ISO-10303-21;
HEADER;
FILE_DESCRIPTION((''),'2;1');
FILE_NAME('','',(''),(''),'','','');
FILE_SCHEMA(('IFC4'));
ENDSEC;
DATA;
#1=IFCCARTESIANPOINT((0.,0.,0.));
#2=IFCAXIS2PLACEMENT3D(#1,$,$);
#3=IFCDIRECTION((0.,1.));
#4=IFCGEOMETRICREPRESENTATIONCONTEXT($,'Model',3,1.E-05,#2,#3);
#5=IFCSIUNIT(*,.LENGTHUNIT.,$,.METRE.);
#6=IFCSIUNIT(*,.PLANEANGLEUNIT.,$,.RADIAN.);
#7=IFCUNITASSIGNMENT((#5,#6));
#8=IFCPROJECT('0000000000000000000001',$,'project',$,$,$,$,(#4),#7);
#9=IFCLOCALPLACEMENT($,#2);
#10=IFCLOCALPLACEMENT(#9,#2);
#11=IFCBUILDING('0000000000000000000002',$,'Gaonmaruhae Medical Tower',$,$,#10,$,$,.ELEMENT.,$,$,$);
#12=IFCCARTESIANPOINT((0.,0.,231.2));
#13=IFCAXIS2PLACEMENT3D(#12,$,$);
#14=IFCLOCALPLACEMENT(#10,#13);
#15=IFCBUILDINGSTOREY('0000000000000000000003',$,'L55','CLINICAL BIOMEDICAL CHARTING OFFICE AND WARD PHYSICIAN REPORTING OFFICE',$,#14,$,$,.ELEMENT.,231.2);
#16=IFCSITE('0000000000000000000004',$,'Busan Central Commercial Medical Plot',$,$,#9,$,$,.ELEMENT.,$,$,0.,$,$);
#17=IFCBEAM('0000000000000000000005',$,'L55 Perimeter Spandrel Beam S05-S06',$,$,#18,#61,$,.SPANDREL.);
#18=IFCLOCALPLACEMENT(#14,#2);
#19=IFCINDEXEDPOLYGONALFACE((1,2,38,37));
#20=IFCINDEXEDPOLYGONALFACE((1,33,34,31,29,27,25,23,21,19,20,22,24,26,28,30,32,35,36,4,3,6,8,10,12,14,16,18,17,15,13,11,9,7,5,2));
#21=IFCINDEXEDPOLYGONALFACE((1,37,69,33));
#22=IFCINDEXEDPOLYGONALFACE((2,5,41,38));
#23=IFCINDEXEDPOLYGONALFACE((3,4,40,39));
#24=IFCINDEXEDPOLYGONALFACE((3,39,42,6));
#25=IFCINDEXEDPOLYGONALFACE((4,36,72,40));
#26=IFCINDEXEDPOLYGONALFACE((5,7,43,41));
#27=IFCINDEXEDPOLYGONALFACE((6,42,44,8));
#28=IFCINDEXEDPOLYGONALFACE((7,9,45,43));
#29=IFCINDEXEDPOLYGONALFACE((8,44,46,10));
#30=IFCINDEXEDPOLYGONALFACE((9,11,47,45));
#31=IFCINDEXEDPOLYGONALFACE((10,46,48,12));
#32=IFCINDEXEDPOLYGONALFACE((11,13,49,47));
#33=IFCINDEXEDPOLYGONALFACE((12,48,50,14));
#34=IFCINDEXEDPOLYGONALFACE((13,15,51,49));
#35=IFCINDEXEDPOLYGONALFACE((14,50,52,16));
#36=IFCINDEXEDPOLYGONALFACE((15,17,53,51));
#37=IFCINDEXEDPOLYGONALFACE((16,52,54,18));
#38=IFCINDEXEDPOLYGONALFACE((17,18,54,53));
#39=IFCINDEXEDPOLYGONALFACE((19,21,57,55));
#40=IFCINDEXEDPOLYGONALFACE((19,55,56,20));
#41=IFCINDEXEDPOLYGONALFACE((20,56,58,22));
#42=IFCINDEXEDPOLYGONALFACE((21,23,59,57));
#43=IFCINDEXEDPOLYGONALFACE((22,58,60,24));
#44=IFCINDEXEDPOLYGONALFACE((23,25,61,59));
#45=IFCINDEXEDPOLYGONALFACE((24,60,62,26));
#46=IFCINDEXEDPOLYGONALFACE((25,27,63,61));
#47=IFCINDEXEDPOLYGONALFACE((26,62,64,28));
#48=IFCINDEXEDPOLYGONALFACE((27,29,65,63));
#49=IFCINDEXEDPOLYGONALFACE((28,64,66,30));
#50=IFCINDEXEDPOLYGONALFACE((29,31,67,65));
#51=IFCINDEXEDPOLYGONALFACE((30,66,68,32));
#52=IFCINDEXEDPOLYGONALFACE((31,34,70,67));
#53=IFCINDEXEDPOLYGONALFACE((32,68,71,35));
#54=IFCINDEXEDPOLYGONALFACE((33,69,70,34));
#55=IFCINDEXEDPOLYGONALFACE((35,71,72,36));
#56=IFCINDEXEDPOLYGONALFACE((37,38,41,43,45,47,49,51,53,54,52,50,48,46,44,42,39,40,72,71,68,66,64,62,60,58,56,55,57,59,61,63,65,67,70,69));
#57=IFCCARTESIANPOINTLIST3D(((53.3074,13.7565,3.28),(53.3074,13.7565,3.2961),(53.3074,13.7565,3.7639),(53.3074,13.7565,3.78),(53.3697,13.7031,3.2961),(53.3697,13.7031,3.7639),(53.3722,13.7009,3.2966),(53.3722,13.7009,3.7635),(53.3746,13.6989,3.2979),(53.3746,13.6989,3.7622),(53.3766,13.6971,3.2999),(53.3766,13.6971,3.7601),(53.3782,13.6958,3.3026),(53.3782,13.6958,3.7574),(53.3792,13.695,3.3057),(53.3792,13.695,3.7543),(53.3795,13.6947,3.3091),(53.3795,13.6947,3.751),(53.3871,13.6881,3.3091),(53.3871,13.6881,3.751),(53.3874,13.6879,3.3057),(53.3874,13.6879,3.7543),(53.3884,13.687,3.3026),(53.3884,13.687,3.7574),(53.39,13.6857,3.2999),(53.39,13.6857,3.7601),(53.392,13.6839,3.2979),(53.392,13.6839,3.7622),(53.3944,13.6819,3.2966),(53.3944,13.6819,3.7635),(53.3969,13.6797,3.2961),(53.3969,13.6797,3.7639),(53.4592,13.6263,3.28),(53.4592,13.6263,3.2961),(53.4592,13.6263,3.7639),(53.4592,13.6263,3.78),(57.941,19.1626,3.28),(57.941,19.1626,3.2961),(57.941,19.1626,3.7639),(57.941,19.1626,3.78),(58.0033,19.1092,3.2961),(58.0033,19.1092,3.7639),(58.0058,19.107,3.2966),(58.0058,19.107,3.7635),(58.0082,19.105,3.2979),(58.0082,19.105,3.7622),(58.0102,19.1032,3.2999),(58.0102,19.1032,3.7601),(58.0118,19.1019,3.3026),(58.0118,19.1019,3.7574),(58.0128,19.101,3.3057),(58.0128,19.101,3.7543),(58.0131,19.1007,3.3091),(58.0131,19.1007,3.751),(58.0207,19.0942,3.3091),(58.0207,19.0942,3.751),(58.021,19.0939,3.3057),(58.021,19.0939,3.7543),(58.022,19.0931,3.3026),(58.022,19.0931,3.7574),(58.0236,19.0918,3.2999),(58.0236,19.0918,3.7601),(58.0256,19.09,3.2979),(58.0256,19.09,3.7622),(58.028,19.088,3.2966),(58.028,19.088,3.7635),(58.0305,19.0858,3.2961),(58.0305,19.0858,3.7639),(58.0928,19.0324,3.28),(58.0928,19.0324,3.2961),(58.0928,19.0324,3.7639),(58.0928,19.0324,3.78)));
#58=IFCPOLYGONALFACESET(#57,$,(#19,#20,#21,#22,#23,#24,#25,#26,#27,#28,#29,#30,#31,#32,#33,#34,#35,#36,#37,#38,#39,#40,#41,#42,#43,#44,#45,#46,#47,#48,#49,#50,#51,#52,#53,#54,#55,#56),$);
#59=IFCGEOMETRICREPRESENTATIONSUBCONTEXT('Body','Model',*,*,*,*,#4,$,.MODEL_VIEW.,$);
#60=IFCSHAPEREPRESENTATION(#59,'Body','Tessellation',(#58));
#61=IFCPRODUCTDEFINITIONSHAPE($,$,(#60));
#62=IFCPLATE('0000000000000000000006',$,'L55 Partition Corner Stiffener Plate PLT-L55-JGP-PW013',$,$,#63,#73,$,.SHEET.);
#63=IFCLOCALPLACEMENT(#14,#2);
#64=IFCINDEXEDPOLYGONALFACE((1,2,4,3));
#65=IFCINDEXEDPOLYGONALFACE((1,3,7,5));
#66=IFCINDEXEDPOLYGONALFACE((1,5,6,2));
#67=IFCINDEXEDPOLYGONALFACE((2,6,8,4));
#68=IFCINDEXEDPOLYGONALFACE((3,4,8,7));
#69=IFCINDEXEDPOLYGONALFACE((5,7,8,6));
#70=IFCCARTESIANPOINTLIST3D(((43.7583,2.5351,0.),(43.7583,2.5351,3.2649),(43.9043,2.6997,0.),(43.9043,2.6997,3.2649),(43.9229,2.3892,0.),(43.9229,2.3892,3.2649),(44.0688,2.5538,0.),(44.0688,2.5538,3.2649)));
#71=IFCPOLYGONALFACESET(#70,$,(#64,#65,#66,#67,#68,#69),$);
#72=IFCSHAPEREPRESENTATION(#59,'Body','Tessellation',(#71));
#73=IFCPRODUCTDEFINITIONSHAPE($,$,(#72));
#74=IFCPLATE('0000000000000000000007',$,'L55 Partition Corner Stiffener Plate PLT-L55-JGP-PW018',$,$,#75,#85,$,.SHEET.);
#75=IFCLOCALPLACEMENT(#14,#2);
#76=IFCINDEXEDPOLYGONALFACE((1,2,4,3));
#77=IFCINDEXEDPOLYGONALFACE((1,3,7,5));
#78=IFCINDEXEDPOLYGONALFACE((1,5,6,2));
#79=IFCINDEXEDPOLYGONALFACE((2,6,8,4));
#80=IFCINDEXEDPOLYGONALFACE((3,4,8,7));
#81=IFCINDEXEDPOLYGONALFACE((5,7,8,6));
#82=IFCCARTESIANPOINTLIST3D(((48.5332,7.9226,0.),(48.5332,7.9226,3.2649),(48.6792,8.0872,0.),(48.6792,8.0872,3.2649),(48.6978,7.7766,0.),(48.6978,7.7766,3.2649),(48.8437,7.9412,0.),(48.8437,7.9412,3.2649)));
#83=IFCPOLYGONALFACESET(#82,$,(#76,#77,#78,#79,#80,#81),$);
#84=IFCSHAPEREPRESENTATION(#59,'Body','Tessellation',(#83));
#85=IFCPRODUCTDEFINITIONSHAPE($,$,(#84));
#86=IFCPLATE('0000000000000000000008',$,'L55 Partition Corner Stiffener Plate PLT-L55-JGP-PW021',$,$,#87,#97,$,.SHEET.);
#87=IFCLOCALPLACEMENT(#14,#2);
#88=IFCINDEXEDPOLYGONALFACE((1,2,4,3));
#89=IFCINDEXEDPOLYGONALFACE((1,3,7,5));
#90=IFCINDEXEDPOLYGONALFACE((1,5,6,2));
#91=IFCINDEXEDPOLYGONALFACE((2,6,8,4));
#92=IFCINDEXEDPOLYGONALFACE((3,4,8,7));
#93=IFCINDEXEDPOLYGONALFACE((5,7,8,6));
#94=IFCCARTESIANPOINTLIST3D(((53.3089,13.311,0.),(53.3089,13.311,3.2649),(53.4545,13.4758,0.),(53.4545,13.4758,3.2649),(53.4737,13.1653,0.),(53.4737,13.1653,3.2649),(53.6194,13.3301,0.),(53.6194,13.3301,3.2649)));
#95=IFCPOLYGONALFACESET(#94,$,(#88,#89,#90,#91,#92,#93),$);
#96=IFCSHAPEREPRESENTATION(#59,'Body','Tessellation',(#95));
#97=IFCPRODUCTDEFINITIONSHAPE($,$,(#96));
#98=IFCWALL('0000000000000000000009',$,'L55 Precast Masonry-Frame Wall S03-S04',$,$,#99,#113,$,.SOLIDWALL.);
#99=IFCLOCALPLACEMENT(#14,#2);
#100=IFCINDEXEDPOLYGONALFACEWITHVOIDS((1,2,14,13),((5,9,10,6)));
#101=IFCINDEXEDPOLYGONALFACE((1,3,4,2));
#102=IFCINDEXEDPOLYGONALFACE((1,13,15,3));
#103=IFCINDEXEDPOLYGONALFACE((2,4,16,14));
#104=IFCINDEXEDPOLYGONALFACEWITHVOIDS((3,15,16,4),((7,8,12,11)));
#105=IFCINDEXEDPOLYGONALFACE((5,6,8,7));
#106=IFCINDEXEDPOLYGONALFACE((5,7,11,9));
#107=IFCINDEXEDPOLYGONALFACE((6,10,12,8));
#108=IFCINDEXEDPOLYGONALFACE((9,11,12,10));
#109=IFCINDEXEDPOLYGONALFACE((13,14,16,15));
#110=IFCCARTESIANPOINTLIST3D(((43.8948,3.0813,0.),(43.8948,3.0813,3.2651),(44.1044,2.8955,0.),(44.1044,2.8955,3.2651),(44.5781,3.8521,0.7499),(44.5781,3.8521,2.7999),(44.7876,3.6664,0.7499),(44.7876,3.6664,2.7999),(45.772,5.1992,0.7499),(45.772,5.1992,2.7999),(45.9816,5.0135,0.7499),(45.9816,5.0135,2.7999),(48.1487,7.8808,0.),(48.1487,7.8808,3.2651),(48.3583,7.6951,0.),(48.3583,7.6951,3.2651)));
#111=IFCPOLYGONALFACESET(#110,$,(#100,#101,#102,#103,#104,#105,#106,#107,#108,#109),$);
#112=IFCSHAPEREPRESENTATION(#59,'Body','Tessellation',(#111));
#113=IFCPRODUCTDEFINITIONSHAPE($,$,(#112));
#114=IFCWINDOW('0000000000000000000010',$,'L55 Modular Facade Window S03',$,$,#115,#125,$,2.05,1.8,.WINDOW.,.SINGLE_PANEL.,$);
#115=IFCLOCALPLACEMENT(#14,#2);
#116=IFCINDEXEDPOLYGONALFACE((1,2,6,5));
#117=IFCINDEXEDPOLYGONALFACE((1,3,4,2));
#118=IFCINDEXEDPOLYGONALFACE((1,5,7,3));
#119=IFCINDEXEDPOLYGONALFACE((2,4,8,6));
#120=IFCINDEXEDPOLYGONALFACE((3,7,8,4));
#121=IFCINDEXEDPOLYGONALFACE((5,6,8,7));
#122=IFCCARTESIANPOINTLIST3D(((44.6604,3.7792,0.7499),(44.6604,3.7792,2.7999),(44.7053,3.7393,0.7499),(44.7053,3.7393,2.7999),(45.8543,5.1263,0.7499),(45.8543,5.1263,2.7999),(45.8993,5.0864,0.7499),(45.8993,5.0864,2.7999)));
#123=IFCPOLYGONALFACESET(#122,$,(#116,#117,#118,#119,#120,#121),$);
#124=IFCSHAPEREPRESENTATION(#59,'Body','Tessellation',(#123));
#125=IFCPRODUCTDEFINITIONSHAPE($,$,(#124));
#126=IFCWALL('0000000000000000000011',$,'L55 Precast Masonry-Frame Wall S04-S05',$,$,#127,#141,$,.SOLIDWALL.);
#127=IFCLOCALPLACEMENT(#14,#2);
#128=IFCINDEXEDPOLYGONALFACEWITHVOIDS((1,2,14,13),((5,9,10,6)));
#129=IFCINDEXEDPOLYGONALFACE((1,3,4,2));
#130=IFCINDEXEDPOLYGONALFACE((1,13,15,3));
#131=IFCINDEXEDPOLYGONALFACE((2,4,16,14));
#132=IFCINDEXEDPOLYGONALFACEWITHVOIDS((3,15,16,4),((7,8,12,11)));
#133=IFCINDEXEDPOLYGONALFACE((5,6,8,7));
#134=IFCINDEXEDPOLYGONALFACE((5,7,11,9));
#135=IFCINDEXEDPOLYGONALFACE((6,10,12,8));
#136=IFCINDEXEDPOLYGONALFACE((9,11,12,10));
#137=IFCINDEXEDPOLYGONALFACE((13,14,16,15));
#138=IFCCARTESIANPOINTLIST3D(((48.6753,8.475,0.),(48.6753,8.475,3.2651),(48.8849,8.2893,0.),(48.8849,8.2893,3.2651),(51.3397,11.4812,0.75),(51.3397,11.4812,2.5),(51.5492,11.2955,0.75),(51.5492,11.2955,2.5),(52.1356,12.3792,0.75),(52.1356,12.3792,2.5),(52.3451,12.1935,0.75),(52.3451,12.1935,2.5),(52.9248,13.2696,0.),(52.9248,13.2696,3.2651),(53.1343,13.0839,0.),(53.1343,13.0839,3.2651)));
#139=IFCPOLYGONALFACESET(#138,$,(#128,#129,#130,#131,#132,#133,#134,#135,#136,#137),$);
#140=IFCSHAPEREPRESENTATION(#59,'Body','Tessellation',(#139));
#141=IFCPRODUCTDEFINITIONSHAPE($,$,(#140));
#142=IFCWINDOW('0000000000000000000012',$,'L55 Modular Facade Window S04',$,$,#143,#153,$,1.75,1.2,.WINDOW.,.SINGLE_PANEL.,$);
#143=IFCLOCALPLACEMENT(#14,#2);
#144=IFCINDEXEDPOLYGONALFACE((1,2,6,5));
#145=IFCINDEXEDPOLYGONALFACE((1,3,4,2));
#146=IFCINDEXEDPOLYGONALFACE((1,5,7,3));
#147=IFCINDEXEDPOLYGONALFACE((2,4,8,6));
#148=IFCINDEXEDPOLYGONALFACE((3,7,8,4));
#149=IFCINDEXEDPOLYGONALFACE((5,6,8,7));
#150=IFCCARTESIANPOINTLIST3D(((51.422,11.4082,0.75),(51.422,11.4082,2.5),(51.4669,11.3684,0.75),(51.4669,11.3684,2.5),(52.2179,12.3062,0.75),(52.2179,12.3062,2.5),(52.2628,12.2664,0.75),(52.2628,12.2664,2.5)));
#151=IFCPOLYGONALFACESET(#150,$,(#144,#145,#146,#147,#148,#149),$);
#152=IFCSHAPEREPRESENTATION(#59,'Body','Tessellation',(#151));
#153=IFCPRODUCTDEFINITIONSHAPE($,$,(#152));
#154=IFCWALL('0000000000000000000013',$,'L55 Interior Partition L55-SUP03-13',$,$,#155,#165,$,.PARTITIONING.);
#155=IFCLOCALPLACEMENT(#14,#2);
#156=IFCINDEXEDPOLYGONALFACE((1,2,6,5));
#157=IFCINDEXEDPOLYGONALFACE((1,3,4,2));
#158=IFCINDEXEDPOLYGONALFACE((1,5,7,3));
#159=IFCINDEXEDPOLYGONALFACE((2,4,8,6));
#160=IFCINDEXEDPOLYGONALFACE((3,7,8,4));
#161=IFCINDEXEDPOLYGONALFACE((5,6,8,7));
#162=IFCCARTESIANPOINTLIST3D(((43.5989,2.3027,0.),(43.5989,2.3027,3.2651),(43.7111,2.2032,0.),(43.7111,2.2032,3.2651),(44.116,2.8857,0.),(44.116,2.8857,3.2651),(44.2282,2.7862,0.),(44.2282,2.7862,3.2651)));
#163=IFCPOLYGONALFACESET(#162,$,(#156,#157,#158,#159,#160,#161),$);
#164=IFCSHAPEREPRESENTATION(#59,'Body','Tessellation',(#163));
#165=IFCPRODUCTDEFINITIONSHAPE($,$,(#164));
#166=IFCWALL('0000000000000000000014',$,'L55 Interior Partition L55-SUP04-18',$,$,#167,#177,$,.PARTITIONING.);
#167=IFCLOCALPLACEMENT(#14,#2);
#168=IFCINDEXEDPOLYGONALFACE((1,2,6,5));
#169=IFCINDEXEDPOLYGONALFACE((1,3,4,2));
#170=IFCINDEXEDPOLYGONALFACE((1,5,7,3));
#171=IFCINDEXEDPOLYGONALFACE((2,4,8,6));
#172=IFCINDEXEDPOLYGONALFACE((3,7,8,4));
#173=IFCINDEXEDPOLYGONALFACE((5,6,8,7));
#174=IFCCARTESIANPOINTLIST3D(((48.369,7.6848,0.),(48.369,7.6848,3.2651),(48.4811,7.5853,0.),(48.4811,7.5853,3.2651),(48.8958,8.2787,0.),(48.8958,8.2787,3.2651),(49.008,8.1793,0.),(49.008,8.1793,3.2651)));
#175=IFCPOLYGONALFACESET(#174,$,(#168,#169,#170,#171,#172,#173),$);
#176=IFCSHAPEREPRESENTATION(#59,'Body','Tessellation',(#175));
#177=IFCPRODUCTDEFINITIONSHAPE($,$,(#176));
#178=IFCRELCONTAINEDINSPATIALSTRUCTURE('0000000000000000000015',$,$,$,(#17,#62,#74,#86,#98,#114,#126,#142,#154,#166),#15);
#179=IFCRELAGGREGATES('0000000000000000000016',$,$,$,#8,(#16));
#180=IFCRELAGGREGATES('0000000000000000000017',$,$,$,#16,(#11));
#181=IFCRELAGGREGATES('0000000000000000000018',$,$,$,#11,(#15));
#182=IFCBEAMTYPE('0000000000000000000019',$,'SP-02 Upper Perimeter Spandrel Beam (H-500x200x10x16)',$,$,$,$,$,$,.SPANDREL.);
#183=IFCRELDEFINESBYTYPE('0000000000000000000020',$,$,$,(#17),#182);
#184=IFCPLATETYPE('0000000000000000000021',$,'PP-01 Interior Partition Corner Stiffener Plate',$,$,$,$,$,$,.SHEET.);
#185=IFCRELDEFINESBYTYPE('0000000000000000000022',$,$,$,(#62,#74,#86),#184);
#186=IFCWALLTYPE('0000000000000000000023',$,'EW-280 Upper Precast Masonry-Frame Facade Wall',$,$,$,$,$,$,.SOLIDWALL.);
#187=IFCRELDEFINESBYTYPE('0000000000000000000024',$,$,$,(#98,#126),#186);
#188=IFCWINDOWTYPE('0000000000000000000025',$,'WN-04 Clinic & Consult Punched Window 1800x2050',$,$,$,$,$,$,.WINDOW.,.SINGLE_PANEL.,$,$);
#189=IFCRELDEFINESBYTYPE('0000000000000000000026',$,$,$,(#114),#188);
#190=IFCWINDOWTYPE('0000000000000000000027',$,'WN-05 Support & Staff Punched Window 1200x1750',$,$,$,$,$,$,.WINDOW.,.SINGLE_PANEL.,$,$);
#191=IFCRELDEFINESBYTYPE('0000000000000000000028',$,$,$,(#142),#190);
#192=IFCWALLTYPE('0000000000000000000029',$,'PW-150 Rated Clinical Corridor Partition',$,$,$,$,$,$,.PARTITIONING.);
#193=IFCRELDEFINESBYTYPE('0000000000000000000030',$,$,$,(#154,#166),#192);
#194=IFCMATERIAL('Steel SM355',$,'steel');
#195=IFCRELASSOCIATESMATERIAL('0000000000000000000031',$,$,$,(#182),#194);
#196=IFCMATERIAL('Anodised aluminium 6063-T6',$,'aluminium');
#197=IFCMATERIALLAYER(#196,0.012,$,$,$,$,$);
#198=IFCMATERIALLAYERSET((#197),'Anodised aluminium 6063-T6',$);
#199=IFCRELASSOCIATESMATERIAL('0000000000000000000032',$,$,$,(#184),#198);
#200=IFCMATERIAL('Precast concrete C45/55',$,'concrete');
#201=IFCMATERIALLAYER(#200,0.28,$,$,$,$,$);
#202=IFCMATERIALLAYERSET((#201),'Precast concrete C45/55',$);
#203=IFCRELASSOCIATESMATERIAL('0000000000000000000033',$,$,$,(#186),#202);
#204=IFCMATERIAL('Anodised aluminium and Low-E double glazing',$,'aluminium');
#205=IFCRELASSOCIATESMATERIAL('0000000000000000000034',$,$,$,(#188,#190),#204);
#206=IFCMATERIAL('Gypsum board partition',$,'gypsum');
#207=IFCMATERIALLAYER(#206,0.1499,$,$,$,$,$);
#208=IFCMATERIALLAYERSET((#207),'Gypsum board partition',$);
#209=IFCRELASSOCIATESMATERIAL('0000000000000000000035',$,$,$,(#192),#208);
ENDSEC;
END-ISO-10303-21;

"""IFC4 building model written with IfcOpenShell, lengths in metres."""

from ifc_helpers import new_model, si_unit, direction, frame, frame_2d, origin, origin_2d, place, context, subcontext, project, spatial, rectangle, i_section, extrude, material, layer, layer_set, material_profile, profile_set, type_object, element, fill, save


model = new_model("IFC4")

# Units and contexts
model_context = context("Model", 3, precision=1e-05, world=origin(), true_north=direction((0.0, 1.0)))
body_context = subcontext(model_context, "Body", "Model", "MODEL_VIEW")
ifc_project = project(units=[si_unit("LENGTHUNIT", "METRE"), si_unit("PLANEANGLEUNIT", "RADIAN")], contexts=[model_context])

# Site, building, storey
site_placement = place(None, origin())
site = spatial("IfcSite", under=ifc_project, at=site_placement, Name="Busan Central Commercial Medical Plot", CompositionType="ELEMENT", RefElevation=0.0)
building_placement = place(site_placement, origin())
building = spatial("IfcBuilding", under=site, at=building_placement, Name="Gaonmaruhae Medical Tower", CompositionType="ELEMENT")
storey_placement = place(building_placement, frame((0.0, 0.0, 231.2)))
storey = spatial("IfcBuildingStorey", under=building, at=storey_placement, Name="L55", Description="CLINICAL BIOMEDICAL CHARTING OFFICE AND WARD PHYSICIAN REPORTING OFFICE", CompositionType="ELEMENT", Elevation=231.2)

# Beam
ifc_material_1 = material(Name="Steel SM355", Category="steel")
ifc_material_profile_1 = material_profile(ifc_material_1, i_section(OverallWidth=0.2, OverallDepth=0.5, WebThickness=0.01, FlangeThickness=0.0161, FilletRadius=0.0129, at=origin_2d()), Name="H-500x200x10x16")
ifc_profile_set_1 = profile_set([ifc_material_profile_1], Name="Steel SM355")
beam_type_1 = type_object("IfcBeamType", Name="SP-02 Upper Perimeter Spandrel Beam (H-500x200x10x16)", PredefinedType="SPANDREL", material=ifc_profile_set_1)
beam_1_placement = place(storey_placement, frame((53.3833, 13.6914, 3.53), z_axis=(0.650777, 0.759269, 0.0), x_axis=(-0.759269, 0.650777, 0.0)))
element("IfcBeam", 1, at=beam_1_placement, inside=storey, type_object=beam_type_1, Name="L55 Perimeter Spandrel Beam S05-S06", PredefinedType="SPANDREL", context=body_context, shape_type="SweptSolid", body=[
    extrude(i_section(OverallWidth=0.2, OverallDepth=0.5, WebThickness=0.01, FlangeThickness=0.0161, FilletRadius=0.0129, at=origin_2d()), origin(), (0.0, 0.0, 1.0), 7.1201),
])

# Plates
ifc_material_2 = material(Name="Anodised aluminium 6063-T6", Category="aluminium")
ifc_layer_1 = layer(ifc_material_2, 0.012)
ifc_layer_set_1 = layer_set([ifc_layer_1], Name="Anodised aluminium 6063-T6")
plate_type = type_object("IfcPlateType", Name="PP-01 Interior Partition Corner Stiffener Plate", PredefinedType="SHEET", material=ifc_layer_set_1)
for number, where, z_axis, x_axis, name in (
    (2, (43.9136, 2.5444, 0.0), (0.0, 0.0, 1.0), (-0.663482, -0.748192, 0.0), "L55 Partition Corner Stiffener Plate PLT-L55-JGP-PW013"),
    (3, (48.6885, 7.9319, 0.0), (0.0, 0.0, 1.0), (-0.663665, -0.74803, 0.0), "L55 Partition Corner Stiffener Plate PLT-L55-JGP-PW018"),
    (4, (53.4641, 13.3206, 0.0), (0.0, 0.0, 1.0), (-0.662162, -0.74936, 0.0), "L55 Partition Corner Stiffener Plate PLT-L55-JGP-PW021"),
):
    element("IfcPlate", number, at=place(storey_placement, frame(where, z_axis=z_axis, x_axis=x_axis)), inside=storey, type_object=plate_type, Name=name, PredefinedType="SHEET", context=body_context, shape_type="SweptSolid", body=[
        extrude(rectangle(XDim=0.22, YDim=0.22, at=origin_2d()), origin(), (0.0, 0.0, 1.0), 3.2649),
    ])

# Walls, openings, windows
ifc_material_3 = material(Name="Precast concrete C45/55", Category="concrete")
ifc_layer_2 = layer(ifc_material_3, 0.28)
ifc_layer_set_2 = layer_set([ifc_layer_2], Name="Precast concrete C45/55")
wall_type_1 = type_object("IfcWallType", Name="EW-280 Upper Precast Masonry-Frame Facade Wall", PredefinedType="SOLIDWALL", material=ifc_layer_set_2)
wall_1_placement = place(storey_placement, frame((48.2534, 7.7878, 0.0), z_axis=(0.0, 0.0, 1.0), x_axis=(-0.663286, -0.748366, 0.0)))
wall_1 = element("IfcWall", 5, at=wall_1_placement, inside=storey, type_object=wall_type_1, Name="L55 Precast Masonry-Frame Wall S03-S04", PredefinedType="SOLIDWALL", context=body_context, shape_type="SweptSolid", body=[
    extrude(rectangle(XDim=6.4133, YDim=0.28, at=frame_2d((3.2065, 0.0))), origin(), (0.0, 0.0, 1.0), 3.2651),
])
opening_1_placement = place(wall_1_placement, frame((3.5833, 0.0, 0.75)))
opening_1 = element("IfcOpeningElement", 6, at=opening_1_placement, cuts=wall_1, PredefinedType="OPENING", context=body_context, shape_type="SweptSolid", body=[
    extrude(rectangle(XDim=1.8, YDim=2.05, at=frame_2d((0.8999, 1.0249))), frame((0.0, 0.1499, 0.0), z_axis=(0.0, -1.0, 0.0), x_axis=(1.0, 0.0, 0.0)), (0.0, 0.0, 1.0), 0.3),
])
ifc_material_4 = material(Name="Anodised aluminium and Low-E double glazing", Category="aluminium")
window_type_1 = type_object("IfcWindowType", Name="WN-04 Clinic & Consult Punched Window 1800x2050", PartitioningType="SINGLE_PANEL", PredefinedType="WINDOW", material=ifc_material_4)
window_1_placement = place(opening_1_placement, origin())
window_1 = element("IfcWindow", 7, at=window_1_placement, inside=storey, type_object=window_type_1, Name="L55 Modular Facade Window S03", OverallHeight=2.05, OverallWidth=1.8, PartitioningType="SINGLE_PANEL", PredefinedType="WINDOW", context=body_context, shape_type="SweptSolid", body=[
    extrude(rectangle(XDim=1.8, YDim=2.05, at=frame_2d((0.8999, 1.0249))), frame((0.0, 0.03, 0.0), z_axis=(0.0, -1.0, 0.0), x_axis=(1.0, 0.0, 0.0)), (0.0, 0.0, 1.0), 0.0601),
])
fill(opening_1, window_1)
wall_2_placement = place(storey_placement, frame((53.0295, 13.1768, 0.0), z_axis=(0.0, 0.0, 1.0), x_axis=(-0.66328, -0.748371, 0.0)))
wall_2 = element("IfcWall", 8, at=wall_2_placement, inside=storey, type_object=wall_type_1, Name="L55 Precast Masonry-Frame Wall S04-S05", PredefinedType="SOLIDWALL", context=body_context, shape_type="SweptSolid", body=[
    extrude(rectangle(XDim=6.4067, YDim=0.28, at=frame_2d((3.2034, 0.0))), origin(), (0.0, 0.0, 1.0), 3.2651),
])
opening_2_placement = place(wall_2_placement, frame((1.1897, 0.0, 0.75)))
opening_2 = element("IfcOpeningElement", 9, at=opening_2_placement, cuts=wall_2, PredefinedType="OPENING", context=body_context, shape_type="SweptSolid", body=[
    extrude(rectangle(XDim=1.2, YDim=1.75, at=frame_2d((0.6001, 0.875))), frame((0.0, 0.1499, 0.0), z_axis=(0.0, -1.0, 0.0), x_axis=(1.0, 0.0, 0.0)), (0.0, 0.0, 1.0), 0.3),
])
window_type_2 = type_object("IfcWindowType", Name="WN-05 Support & Staff Punched Window 1200x1750", PartitioningType="SINGLE_PANEL", PredefinedType="WINDOW", material=ifc_material_4)
window_2_placement = place(opening_2_placement, origin())
window_2 = element("IfcWindow", 10, at=window_2_placement, inside=storey, type_object=window_type_2, Name="L55 Modular Facade Window S04", OverallHeight=1.75, OverallWidth=1.2, PartitioningType="SINGLE_PANEL", PredefinedType="WINDOW", context=body_context, shape_type="SweptSolid", body=[
    extrude(rectangle(XDim=1.2, YDim=1.75, at=frame_2d((0.6001, 0.875))), frame((0.0, 0.03, 0.0), z_axis=(0.0, -1.0, 0.0), x_axis=(1.0, 0.0, 0.0)), (0.0, 0.0, 1.0), 0.0601),
])
fill(opening_2, window_2)

# Walls
ifc_material_5 = material(Name="Gypsum board partition", Category="gypsum")
ifc_layer_3 = layer(ifc_material_5, 0.1499)
ifc_layer_set_3 = layer_set([ifc_layer_3], Name="Gypsum board partition")
wall_type_2 = type_object("IfcWallType", Name="PW-150 Rated Clinical Corridor Partition", PredefinedType="PARTITIONING", material=ifc_layer_set_3)
wall_3_placement = place(storey_placement, frame((44.1721, 2.8359, 0.0), z_axis=(0.0, 0.0, 1.0), x_axis=(-0.663547, -0.748135, 0.0)))
element("IfcWall", 11, at=wall_3_placement, inside=storey, type_object=wall_type_2, Name="L55 Interior Partition L55-SUP03-13", PredefinedType="PARTITIONING", context=body_context, shape_type="SweptSolid", body=[
    extrude(rectangle(XDim=0.7793, YDim=0.1499, at=frame_2d((0.3896, 0.0))), origin(), (0.0, 0.0, 1.0), 3.2651),
])
wall_4_placement = place(storey_placement, frame((48.9519, 8.229, 0.0), z_axis=(0.0, 0.0, 1.0), x_axis=(-0.663562, -0.748121, 0.0)))
element("IfcWall", 12, at=wall_4_placement, inside=storey, type_object=wall_type_2, Name="L55 Interior Partition L55-SUP04-18", PredefinedType="PARTITIONING", context=body_context, shape_type="SweptSolid", body=[
    extrude(rectangle(XDim=0.7939, YDim=0.1499, at=frame_2d((0.397, 0.0))), origin(), (0.0, 0.0, 1.0), 3.2651),
])

save(model, "model.ifc")
